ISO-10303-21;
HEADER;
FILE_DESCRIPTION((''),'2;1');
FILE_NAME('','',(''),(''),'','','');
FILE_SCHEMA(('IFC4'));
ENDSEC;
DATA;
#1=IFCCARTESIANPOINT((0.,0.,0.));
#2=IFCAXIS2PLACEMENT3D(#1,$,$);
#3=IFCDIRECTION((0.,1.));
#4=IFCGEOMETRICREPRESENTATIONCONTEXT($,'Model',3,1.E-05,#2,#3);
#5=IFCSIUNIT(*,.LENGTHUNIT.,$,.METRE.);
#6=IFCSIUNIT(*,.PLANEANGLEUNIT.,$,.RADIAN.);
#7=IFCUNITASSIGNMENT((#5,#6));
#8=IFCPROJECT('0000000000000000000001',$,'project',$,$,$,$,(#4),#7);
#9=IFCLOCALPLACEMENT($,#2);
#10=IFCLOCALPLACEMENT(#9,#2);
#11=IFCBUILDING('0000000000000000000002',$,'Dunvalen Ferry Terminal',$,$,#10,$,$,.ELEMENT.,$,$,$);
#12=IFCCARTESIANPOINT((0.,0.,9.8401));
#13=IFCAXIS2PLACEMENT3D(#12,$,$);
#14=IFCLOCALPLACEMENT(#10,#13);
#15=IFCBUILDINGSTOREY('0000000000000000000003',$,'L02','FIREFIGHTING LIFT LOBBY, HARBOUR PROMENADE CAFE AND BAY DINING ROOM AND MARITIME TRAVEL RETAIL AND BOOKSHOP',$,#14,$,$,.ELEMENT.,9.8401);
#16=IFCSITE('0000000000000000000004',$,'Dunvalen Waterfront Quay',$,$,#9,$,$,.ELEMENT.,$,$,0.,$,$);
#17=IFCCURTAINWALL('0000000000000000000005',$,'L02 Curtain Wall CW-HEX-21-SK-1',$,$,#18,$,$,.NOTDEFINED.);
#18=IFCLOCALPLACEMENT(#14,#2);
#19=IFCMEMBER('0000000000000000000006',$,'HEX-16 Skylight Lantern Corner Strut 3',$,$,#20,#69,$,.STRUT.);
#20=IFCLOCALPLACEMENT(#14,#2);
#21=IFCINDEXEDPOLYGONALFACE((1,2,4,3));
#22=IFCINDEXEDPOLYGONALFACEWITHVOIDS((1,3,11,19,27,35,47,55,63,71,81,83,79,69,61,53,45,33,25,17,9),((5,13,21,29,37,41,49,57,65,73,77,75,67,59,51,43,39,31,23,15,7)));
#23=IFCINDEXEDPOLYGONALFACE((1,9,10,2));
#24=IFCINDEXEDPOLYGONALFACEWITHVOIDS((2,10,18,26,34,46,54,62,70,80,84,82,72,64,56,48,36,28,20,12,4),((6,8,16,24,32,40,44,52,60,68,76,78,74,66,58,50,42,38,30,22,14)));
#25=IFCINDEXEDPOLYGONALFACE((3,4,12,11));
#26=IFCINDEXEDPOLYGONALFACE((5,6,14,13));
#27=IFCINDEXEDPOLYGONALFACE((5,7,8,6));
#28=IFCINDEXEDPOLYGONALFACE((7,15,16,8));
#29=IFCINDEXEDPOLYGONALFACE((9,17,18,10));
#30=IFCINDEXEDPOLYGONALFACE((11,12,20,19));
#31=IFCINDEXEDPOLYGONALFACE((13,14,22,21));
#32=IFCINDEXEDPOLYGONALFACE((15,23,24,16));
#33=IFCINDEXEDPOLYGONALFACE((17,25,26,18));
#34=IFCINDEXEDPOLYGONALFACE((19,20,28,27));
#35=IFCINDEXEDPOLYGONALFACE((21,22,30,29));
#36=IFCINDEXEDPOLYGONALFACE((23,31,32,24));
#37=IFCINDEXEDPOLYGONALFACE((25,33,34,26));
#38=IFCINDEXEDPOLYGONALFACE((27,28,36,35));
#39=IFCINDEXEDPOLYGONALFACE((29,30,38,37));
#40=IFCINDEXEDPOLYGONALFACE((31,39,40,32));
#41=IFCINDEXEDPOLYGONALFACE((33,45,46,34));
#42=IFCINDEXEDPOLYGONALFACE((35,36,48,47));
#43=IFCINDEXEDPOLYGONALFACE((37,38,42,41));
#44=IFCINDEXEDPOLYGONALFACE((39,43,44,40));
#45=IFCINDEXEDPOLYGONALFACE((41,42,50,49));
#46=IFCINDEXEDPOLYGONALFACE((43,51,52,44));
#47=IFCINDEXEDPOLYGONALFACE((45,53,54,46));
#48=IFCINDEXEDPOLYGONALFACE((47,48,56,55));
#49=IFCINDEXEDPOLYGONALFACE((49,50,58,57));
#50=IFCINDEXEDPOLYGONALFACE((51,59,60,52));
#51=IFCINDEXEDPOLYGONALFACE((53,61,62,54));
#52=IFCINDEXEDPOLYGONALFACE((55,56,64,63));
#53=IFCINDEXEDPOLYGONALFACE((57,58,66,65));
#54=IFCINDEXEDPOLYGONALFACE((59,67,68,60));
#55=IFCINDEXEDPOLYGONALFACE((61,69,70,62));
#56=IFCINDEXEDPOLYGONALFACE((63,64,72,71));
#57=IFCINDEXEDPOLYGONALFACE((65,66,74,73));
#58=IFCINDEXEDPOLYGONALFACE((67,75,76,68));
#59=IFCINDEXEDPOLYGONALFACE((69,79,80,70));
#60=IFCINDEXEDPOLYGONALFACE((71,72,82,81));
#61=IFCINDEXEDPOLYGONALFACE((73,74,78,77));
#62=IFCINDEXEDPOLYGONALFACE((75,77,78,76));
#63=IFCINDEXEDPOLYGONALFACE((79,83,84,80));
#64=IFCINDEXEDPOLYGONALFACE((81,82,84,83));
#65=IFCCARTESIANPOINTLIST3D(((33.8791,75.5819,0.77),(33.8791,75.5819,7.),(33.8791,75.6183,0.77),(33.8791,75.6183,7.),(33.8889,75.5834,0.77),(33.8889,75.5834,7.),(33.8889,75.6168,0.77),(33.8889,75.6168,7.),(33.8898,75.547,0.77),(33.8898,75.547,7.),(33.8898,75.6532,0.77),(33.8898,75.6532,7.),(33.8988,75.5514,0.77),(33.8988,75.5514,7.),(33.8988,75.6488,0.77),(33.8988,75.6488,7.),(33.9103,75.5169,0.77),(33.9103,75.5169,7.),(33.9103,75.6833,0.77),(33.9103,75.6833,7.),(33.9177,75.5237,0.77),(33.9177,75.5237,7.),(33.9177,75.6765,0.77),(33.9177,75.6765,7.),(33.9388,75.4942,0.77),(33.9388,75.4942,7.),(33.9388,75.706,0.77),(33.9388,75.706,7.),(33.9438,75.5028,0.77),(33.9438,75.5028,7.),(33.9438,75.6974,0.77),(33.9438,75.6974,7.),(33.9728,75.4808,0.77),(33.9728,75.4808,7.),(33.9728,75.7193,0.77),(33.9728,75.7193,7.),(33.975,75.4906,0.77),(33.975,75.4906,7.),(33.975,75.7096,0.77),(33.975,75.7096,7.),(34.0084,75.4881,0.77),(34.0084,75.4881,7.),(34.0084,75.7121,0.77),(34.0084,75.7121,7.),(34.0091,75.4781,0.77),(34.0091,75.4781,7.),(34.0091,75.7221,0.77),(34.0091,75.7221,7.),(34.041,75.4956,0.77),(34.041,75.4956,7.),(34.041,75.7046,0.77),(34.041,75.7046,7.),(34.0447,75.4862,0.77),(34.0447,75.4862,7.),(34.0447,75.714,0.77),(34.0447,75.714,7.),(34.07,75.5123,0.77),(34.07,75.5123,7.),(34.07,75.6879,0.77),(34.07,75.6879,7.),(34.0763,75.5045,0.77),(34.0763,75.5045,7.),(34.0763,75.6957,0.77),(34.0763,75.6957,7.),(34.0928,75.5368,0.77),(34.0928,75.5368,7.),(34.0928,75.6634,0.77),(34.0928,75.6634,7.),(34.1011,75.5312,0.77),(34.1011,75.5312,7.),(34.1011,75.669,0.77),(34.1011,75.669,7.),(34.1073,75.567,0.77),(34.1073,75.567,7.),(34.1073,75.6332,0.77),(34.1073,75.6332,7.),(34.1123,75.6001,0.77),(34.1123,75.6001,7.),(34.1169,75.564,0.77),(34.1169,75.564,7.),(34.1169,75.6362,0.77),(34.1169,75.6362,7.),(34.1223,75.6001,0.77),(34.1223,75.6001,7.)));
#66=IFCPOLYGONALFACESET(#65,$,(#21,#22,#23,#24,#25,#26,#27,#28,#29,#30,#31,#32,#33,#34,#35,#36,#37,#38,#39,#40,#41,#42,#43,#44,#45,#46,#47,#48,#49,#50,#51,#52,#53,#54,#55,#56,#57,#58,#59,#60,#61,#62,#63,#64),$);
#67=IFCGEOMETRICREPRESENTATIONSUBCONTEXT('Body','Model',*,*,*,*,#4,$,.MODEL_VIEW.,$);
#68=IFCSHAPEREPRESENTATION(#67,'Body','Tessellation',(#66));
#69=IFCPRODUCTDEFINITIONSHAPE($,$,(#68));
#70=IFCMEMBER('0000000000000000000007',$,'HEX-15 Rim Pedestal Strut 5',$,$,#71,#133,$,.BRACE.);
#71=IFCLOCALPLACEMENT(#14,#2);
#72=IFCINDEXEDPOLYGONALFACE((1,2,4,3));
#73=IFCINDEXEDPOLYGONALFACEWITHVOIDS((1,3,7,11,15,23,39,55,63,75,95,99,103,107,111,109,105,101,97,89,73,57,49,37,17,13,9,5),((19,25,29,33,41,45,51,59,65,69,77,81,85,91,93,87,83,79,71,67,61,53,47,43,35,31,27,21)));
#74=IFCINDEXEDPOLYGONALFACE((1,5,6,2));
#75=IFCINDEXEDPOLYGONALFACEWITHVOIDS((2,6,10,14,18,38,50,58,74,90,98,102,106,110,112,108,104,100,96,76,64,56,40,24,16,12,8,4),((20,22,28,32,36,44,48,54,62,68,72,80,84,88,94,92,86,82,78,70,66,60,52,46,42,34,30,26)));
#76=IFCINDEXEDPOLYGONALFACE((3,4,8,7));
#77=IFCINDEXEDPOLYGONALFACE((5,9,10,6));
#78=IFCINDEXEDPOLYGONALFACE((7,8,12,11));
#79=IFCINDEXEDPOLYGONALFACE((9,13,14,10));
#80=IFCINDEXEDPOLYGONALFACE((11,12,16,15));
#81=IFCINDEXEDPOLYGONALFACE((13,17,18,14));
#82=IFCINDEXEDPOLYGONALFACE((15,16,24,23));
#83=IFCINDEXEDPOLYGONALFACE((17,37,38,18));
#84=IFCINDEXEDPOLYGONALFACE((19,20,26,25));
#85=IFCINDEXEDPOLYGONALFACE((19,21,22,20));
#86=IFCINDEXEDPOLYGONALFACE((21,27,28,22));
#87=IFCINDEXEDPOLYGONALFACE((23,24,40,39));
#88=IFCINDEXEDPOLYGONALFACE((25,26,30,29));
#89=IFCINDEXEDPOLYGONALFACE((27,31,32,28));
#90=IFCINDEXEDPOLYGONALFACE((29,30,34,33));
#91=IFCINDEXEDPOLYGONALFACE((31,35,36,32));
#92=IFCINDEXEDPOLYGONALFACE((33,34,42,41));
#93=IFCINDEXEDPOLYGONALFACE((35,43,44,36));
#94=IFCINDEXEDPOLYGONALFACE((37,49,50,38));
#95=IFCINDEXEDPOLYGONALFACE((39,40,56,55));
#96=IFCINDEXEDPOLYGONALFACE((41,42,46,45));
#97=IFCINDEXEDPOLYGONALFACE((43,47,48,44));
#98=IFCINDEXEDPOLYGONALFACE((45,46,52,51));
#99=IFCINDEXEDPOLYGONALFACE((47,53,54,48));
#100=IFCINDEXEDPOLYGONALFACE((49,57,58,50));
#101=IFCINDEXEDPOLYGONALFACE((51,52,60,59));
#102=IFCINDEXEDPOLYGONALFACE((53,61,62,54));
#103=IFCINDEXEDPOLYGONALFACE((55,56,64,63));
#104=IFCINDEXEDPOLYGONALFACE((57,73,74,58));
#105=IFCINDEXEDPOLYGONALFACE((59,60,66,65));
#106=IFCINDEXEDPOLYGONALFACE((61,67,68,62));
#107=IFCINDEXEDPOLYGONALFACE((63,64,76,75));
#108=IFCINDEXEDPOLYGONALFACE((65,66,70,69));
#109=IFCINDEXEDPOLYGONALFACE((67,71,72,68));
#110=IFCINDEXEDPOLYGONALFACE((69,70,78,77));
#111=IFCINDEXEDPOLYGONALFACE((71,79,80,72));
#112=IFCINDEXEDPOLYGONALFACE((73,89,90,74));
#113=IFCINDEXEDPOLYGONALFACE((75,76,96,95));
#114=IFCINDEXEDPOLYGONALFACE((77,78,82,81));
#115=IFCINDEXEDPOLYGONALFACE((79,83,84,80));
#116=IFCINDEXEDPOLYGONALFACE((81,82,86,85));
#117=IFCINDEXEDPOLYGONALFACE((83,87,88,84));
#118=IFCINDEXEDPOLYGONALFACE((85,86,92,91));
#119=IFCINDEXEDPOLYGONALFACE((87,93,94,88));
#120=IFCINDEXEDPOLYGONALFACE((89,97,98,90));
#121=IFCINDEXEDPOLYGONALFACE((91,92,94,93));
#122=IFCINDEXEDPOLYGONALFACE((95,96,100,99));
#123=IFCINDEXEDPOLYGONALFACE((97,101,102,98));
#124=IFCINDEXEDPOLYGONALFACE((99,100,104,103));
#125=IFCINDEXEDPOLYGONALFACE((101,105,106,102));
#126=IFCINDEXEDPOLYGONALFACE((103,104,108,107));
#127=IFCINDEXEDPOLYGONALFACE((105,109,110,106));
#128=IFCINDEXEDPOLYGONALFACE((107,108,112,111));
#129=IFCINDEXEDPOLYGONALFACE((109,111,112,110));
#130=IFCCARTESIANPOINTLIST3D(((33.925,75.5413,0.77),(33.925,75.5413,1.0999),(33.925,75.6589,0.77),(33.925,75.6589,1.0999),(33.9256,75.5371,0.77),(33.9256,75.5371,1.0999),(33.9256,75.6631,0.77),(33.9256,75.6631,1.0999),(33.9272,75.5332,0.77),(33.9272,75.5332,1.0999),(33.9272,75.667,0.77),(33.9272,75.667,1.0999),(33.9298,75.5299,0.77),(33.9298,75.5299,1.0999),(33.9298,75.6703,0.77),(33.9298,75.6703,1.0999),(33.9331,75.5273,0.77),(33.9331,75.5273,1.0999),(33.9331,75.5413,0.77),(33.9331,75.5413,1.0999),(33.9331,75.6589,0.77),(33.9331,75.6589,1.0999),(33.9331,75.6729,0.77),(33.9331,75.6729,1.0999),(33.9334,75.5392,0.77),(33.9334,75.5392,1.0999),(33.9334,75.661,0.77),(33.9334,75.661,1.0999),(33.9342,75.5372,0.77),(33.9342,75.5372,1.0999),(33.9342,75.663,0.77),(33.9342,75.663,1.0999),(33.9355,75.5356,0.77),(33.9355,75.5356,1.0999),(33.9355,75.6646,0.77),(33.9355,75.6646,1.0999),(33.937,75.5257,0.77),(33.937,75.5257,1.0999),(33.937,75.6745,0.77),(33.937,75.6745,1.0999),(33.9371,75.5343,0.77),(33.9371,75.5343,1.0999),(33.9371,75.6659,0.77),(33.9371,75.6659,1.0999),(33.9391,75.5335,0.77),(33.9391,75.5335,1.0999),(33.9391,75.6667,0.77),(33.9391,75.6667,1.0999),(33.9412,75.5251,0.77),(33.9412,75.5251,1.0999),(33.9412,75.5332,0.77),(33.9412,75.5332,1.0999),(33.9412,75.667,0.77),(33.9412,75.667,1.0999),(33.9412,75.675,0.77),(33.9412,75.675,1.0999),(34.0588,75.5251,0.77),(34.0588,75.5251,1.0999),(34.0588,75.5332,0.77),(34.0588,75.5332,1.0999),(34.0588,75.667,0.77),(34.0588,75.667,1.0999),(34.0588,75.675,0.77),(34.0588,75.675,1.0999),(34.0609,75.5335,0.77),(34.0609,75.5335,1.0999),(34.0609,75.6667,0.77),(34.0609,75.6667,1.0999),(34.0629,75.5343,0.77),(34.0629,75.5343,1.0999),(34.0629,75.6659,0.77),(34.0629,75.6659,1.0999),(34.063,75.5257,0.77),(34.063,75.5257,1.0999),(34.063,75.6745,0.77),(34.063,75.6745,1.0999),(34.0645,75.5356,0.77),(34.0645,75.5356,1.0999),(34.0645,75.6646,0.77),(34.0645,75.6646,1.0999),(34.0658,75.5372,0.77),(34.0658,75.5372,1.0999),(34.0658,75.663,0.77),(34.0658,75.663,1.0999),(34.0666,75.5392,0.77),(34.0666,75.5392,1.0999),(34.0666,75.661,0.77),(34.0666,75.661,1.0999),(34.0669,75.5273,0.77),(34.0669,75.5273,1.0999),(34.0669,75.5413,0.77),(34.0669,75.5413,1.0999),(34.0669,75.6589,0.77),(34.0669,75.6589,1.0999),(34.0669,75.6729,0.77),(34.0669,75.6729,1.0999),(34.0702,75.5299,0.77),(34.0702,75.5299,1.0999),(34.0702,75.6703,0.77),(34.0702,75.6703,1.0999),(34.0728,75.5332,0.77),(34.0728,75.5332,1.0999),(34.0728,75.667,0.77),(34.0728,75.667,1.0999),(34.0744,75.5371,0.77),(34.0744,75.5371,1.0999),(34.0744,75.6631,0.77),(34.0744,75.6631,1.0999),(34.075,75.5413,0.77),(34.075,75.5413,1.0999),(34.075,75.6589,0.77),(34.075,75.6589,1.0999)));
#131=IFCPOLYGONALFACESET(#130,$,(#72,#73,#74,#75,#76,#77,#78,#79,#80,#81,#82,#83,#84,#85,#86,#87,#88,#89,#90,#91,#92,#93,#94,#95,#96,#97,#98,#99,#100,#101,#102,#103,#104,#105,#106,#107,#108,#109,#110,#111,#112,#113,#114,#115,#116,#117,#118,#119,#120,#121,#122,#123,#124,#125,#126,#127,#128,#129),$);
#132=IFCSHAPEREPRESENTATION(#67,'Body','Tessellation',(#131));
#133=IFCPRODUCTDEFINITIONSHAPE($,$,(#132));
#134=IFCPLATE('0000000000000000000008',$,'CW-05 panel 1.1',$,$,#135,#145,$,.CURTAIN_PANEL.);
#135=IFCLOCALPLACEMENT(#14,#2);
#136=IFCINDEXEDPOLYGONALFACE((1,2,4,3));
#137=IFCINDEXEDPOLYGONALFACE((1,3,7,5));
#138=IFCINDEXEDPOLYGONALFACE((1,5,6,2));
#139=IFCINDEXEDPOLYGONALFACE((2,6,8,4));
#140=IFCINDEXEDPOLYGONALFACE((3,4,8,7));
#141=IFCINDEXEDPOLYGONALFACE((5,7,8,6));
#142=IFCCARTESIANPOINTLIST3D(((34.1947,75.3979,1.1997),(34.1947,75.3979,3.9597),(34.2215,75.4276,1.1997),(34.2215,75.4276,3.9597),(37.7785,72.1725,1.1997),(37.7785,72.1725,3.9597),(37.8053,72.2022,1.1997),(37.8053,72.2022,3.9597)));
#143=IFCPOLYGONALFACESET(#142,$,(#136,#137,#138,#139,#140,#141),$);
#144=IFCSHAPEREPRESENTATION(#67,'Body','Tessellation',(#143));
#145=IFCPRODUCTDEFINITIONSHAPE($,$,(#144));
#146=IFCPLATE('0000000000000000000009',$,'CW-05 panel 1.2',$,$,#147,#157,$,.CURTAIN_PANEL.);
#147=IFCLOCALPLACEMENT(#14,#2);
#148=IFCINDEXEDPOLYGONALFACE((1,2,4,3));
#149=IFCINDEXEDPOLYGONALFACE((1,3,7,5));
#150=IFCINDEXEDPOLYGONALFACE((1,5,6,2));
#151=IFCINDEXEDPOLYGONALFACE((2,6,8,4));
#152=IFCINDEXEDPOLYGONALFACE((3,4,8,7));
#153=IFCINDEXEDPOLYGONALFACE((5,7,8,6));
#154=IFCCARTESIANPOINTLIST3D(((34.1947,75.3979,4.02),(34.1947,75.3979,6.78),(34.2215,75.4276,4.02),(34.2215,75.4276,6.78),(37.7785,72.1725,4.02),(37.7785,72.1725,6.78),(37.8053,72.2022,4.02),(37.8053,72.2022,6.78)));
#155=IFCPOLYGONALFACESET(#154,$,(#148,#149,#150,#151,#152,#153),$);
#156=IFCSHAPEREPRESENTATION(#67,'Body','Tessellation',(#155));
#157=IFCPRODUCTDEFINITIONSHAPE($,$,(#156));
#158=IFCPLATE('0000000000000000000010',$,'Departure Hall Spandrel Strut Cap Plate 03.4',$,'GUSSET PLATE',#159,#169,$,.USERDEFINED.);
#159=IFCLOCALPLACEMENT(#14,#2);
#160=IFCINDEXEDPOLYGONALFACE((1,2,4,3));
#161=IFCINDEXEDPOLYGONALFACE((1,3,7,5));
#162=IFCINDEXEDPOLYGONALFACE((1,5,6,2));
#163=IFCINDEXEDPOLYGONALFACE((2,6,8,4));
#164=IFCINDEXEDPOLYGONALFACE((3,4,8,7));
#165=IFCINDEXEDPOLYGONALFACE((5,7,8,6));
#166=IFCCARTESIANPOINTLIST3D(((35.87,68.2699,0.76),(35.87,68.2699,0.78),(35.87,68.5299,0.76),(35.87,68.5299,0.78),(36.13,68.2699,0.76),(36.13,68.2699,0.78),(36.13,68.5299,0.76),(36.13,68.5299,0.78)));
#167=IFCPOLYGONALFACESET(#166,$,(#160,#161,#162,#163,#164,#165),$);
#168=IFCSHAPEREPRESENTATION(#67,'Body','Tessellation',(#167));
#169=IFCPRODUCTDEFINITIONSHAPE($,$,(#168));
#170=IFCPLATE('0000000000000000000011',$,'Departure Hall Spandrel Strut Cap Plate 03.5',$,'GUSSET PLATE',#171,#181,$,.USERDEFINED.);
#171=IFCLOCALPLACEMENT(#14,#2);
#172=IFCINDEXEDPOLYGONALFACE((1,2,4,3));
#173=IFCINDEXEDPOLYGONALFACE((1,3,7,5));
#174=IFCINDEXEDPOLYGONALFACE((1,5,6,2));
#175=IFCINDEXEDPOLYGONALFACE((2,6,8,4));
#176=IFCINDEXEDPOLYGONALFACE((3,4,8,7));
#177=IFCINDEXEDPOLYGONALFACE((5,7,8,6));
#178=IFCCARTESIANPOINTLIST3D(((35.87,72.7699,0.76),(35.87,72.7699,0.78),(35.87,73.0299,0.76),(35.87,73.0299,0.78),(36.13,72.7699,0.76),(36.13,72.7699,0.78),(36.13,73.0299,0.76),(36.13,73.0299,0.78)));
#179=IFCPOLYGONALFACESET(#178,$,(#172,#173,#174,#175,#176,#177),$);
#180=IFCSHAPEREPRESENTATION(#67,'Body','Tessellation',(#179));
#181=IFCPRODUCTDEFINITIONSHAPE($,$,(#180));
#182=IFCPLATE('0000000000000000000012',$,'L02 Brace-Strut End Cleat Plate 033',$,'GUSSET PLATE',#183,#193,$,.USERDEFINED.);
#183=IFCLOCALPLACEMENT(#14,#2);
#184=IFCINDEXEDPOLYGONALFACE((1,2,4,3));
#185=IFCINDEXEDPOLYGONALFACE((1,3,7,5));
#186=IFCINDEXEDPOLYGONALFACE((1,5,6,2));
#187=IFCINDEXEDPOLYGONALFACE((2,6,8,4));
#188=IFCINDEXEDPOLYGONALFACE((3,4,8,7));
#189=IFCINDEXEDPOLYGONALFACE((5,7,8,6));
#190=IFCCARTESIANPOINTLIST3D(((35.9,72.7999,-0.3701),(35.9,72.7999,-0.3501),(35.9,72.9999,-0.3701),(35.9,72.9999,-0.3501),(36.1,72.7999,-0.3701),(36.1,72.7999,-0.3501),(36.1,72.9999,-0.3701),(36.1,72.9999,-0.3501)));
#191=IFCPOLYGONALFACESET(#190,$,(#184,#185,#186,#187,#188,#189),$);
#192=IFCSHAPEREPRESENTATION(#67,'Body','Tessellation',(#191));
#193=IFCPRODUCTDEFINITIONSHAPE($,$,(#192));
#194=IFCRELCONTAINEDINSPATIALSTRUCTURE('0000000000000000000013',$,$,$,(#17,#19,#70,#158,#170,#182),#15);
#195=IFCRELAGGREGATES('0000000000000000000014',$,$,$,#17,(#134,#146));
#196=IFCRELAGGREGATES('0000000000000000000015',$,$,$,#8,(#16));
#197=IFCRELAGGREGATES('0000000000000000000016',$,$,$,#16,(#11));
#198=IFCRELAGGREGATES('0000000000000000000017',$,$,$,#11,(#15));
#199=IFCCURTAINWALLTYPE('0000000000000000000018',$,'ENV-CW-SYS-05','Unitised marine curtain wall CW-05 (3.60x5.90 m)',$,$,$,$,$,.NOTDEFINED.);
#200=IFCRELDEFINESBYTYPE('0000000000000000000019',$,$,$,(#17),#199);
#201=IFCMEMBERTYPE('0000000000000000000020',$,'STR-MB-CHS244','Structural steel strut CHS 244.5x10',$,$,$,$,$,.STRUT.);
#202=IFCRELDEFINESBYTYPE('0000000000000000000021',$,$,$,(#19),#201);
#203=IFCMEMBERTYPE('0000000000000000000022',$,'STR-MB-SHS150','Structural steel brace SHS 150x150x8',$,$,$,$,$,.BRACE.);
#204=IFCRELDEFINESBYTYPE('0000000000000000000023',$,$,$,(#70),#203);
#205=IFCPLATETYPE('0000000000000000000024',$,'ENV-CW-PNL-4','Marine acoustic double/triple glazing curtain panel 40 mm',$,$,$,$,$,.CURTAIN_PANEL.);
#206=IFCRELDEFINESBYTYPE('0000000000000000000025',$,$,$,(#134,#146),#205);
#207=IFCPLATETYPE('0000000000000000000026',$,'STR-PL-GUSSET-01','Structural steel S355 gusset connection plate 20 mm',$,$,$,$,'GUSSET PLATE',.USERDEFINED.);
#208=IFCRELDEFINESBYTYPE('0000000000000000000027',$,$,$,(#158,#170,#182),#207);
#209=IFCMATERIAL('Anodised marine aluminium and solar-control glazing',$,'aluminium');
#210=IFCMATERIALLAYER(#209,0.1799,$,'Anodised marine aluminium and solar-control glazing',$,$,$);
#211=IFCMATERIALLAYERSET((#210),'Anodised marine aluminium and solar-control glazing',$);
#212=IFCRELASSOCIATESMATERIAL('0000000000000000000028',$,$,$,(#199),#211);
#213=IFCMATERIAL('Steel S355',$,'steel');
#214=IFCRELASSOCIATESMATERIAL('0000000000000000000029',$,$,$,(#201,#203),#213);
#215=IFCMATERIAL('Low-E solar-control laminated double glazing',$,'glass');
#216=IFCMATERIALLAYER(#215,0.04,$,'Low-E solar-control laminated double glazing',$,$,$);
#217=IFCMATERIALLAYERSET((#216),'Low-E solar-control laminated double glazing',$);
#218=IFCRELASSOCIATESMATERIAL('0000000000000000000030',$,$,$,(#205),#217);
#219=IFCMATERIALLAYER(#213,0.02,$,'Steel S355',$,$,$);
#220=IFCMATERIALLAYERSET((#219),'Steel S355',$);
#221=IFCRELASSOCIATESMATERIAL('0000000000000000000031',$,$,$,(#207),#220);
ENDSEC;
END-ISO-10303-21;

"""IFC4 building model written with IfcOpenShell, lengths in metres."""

from ifc_helpers import new_model, si_unit, direction, frame, origin, origin_2d, place, context, subcontext, project, spatial, rectangle, hollow_rectangle, hollow_circle, extrude, material, layer, layer_set, material_profile, profile_set, type_object, element, aggregate, save


model = new_model("IFC4")

# Units and contexts
model_context = context("Model", 3, precision=1e-05, world=origin(), true_north=direction((0.0, 1.0)))
body_context = subcontext(model_context, "Body", "Model", "MODEL_VIEW")
ifc_project = project(units=[si_unit("LENGTHUNIT", "METRE"), si_unit("PLANEANGLEUNIT", "RADIAN")], contexts=[model_context])

# Site, building, storey
site_placement = place(None, origin())
site = spatial("IfcSite", under=ifc_project, at=site_placement, Name="Dunvalen Waterfront Quay", CompositionType="ELEMENT", RefElevation=0.0)
building_placement = place(site_placement, origin())
building = spatial("IfcBuilding", under=site, at=building_placement, Name="Dunvalen Ferry Terminal", CompositionType="ELEMENT")
storey_placement = place(building_placement, frame((0.0, 0.0, 9.8401)))
storey = spatial("IfcBuildingStorey", under=building, at=storey_placement, Name="L02", Description="FIREFIGHTING LIFT LOBBY, HARBOUR PROMENADE CAFE AND BAY DINING ROOM AND MARITIME TRAVEL RETAIL AND BOOKSHOP", CompositionType="ELEMENT", Elevation=9.8401)

# Curtain wall
ifc_material_1 = material(Name="Anodised marine aluminium and solar-control glazing", Category="aluminium")
ifc_layer_1 = layer(ifc_material_1, 0.1799, Name="Anodised marine aluminium and solar-control glazing")
ifc_layer_set_1 = layer_set([ifc_layer_1], Name="Anodised marine aluminium and solar-control glazing")
curtain_wall_type = type_object("IfcCurtainWallType", Name="ENV-CW-SYS-05", Description="Unitised marine curtain wall CW-05 (3.60x5.90 m)", PredefinedType="NOTDEFINED", material=ifc_layer_set_1)
curtain_wall_placement = place(storey_placement, origin())
curtain_wall = element("IfcCurtainWall", 1, at=curtain_wall_placement, inside=storey, type_object=curtain_wall_type, Name="L02 Curtain Wall CW-HEX-21-SK-1", PredefinedType="NOTDEFINED")

# Shared definitions
ifc_material_2 = material(Name="Steel S355", Category="steel")

# Members
ifc_material_profile_1 = material_profile(ifc_material_2, hollow_circle(Radius=0.1223, WallThickness=0.01, at=origin_2d()), Name="Steel S355")
ifc_profile_set_1 = profile_set([ifc_material_profile_1], Name="Steel S355")
member_type_1 = type_object("IfcMemberType", Name="STR-MB-CHS244", Description="Structural steel strut CHS 244.5x10", PredefinedType="STRUT", material=ifc_profile_set_1)
member_1_placement = place(storey_placement, frame((34.0, 75.6001, 0.77), z_axis=(0.0, 0.0, 1.0), x_axis=(1.0, 0.0, 0.0)))
element("IfcMember", 2, at=member_1_placement, inside=storey, type_object=member_type_1, Name="HEX-16 Skylight Lantern Corner Strut 3", PredefinedType="STRUT", context=body_context, shape_type="SweptSolid", body=[
    extrude(hollow_circle(Radius=0.1223, WallThickness=0.01, at=origin_2d()), origin(), (0.0, 0.0, 1.0), 6.23),
])
ifc_material_profile_2 = material_profile(ifc_material_2, hollow_rectangle(XDim=0.1499, YDim=0.1499, WallThickness=0.0081, InnerFilletRadius=0.0081, OuterFilletRadius=0.0161, at=origin_2d()), Name="Steel S355")
ifc_profile_set_2 = profile_set([ifc_material_profile_2], Name="Steel S355")
member_type_2 = type_object("IfcMemberType", Name="STR-MB-SHS150", Description="Structural steel brace SHS 150x150x8", PredefinedType="BRACE", material=ifc_profile_set_2)
member_2_placement = place(storey_placement, frame((34.0, 75.6001, 0.77), z_axis=(0.0, 0.0, 1.0), x_axis=(1.0, 0.0, 0.0)))
element("IfcMember", 3, at=member_2_placement, inside=storey, type_object=member_type_2, Name="HEX-15 Rim Pedestal Strut 5", PredefinedType="BRACE", context=body_context, shape_type="SweptSolid", body=[
    extrude(hollow_rectangle(XDim=0.1499, YDim=0.1499, WallThickness=0.0081, InnerFilletRadius=0.0081, OuterFilletRadius=0.0161, at=origin_2d()), origin(), (0.0, 0.0, 1.0), 0.3298),
])

# Plates
ifc_material_3 = material(Name="Low-E solar-control laminated double glazing", Category="glass")
ifc_layer_2 = layer(ifc_material_3, 0.04, Name="Low-E solar-control laminated double glazing")
ifc_layer_set_2 = layer_set([ifc_layer_2], Name="Low-E solar-control laminated double glazing")
plate_type_1 = type_object("IfcPlateType", Name="ENV-CW-PNL-4", Description="Marine acoustic double/triple glazing curtain panel 40 mm", PredefinedType="CURTAIN_PANEL", material=ifc_layer_set_2)
plate_1_placement = place(storey_placement, frame((36.0, 73.8, 1.1997), z_axis=(0.0, 0.0, 1.0), x_axis=(0.743304, -0.668954, 0.0)))
plate_1 = element("IfcPlate", 4, at=plate_1_placement, type_object=plate_type_1, Name="CW-05 panel 1.1", PredefinedType="CURTAIN_PANEL", context=body_context, shape_type="SweptSolid", body=[
    extrude(rectangle(XDim=4.8215, YDim=0.04, at=origin_2d()), origin(), (0.0, 0.0, 1.0), 2.76),
])
plate_2_placement = place(storey_placement, frame((36.0, 73.8, 4.02), z_axis=(0.0, 0.0, 1.0), x_axis=(0.743304, -0.668954, 0.0)))
plate_2 = element("IfcPlate", 5, at=plate_2_placement, type_object=plate_type_1, Name="CW-05 panel 1.2", PredefinedType="CURTAIN_PANEL", context=body_context, shape_type="SweptSolid", body=[
    extrude(rectangle(XDim=4.8215, YDim=0.04, at=origin_2d()), origin(), (0.0, 0.0, 1.0), 2.76),
])
aggregate(curtain_wall, [plate_1, plate_2])

# Plates
ifc_layer_3 = layer(ifc_material_2, 0.02, Name="Steel S355")
ifc_layer_set_3 = layer_set([ifc_layer_3], Name="Steel S355")
plate_type_2 = type_object("IfcPlateType", Name="STR-PL-GUSSET-01", Description="Structural steel S355 gusset connection plate 20 mm", ElementType="GUSSET PLATE", PredefinedType="USERDEFINED", material=ifc_layer_set_3)
for number, where, z_axis, x_axis, name in (
    (6, (36.0, 68.3999, 0.76), (0.0, 0.0, 1.0), (1.0, 0.0, 0.0), "Departure Hall Spandrel Strut Cap Plate 03.4"),
    (7, (36.0, 72.8999, 0.76), (0.0, 0.0, 1.0), (1.0, 0.0, 0.0), "Departure Hall Spandrel Strut Cap Plate 03.5"),
):
    element("IfcPlate", number, at=place(storey_placement, frame(where, z_axis=z_axis, x_axis=x_axis)), inside=storey, type_object=plate_type_2, Name=name, ObjectType="GUSSET PLATE", PredefinedType="USERDEFINED", context=body_context, shape_type="SweptSolid", body=[
        extrude(rectangle(XDim=0.26, YDim=0.26, at=origin_2d()), origin(), (0.0, 0.0, 1.0), 0.02),
    ])
for number, where, z_axis, x_axis, name in (
    (8, (36.0, 72.8999, -0.3701), (0.0, 0.0, 1.0), (1.0, 0.0, 0.0), "L02 Brace-Strut End Cleat Plate 033"),
):
    element("IfcPlate", number, at=place(storey_placement, frame(where, z_axis=z_axis, x_axis=x_axis)), inside=storey, type_object=plate_type_2, Name=name, ObjectType="GUSSET PLATE", PredefinedType="USERDEFINED", context=body_context, shape_type="SweptSolid", body=[
        extrude(rectangle(XDim=0.2, YDim=0.2, at=origin_2d()), origin(), (0.0, 0.0, 1.0), 0.02),
    ])

save(model, "model.ifc")
